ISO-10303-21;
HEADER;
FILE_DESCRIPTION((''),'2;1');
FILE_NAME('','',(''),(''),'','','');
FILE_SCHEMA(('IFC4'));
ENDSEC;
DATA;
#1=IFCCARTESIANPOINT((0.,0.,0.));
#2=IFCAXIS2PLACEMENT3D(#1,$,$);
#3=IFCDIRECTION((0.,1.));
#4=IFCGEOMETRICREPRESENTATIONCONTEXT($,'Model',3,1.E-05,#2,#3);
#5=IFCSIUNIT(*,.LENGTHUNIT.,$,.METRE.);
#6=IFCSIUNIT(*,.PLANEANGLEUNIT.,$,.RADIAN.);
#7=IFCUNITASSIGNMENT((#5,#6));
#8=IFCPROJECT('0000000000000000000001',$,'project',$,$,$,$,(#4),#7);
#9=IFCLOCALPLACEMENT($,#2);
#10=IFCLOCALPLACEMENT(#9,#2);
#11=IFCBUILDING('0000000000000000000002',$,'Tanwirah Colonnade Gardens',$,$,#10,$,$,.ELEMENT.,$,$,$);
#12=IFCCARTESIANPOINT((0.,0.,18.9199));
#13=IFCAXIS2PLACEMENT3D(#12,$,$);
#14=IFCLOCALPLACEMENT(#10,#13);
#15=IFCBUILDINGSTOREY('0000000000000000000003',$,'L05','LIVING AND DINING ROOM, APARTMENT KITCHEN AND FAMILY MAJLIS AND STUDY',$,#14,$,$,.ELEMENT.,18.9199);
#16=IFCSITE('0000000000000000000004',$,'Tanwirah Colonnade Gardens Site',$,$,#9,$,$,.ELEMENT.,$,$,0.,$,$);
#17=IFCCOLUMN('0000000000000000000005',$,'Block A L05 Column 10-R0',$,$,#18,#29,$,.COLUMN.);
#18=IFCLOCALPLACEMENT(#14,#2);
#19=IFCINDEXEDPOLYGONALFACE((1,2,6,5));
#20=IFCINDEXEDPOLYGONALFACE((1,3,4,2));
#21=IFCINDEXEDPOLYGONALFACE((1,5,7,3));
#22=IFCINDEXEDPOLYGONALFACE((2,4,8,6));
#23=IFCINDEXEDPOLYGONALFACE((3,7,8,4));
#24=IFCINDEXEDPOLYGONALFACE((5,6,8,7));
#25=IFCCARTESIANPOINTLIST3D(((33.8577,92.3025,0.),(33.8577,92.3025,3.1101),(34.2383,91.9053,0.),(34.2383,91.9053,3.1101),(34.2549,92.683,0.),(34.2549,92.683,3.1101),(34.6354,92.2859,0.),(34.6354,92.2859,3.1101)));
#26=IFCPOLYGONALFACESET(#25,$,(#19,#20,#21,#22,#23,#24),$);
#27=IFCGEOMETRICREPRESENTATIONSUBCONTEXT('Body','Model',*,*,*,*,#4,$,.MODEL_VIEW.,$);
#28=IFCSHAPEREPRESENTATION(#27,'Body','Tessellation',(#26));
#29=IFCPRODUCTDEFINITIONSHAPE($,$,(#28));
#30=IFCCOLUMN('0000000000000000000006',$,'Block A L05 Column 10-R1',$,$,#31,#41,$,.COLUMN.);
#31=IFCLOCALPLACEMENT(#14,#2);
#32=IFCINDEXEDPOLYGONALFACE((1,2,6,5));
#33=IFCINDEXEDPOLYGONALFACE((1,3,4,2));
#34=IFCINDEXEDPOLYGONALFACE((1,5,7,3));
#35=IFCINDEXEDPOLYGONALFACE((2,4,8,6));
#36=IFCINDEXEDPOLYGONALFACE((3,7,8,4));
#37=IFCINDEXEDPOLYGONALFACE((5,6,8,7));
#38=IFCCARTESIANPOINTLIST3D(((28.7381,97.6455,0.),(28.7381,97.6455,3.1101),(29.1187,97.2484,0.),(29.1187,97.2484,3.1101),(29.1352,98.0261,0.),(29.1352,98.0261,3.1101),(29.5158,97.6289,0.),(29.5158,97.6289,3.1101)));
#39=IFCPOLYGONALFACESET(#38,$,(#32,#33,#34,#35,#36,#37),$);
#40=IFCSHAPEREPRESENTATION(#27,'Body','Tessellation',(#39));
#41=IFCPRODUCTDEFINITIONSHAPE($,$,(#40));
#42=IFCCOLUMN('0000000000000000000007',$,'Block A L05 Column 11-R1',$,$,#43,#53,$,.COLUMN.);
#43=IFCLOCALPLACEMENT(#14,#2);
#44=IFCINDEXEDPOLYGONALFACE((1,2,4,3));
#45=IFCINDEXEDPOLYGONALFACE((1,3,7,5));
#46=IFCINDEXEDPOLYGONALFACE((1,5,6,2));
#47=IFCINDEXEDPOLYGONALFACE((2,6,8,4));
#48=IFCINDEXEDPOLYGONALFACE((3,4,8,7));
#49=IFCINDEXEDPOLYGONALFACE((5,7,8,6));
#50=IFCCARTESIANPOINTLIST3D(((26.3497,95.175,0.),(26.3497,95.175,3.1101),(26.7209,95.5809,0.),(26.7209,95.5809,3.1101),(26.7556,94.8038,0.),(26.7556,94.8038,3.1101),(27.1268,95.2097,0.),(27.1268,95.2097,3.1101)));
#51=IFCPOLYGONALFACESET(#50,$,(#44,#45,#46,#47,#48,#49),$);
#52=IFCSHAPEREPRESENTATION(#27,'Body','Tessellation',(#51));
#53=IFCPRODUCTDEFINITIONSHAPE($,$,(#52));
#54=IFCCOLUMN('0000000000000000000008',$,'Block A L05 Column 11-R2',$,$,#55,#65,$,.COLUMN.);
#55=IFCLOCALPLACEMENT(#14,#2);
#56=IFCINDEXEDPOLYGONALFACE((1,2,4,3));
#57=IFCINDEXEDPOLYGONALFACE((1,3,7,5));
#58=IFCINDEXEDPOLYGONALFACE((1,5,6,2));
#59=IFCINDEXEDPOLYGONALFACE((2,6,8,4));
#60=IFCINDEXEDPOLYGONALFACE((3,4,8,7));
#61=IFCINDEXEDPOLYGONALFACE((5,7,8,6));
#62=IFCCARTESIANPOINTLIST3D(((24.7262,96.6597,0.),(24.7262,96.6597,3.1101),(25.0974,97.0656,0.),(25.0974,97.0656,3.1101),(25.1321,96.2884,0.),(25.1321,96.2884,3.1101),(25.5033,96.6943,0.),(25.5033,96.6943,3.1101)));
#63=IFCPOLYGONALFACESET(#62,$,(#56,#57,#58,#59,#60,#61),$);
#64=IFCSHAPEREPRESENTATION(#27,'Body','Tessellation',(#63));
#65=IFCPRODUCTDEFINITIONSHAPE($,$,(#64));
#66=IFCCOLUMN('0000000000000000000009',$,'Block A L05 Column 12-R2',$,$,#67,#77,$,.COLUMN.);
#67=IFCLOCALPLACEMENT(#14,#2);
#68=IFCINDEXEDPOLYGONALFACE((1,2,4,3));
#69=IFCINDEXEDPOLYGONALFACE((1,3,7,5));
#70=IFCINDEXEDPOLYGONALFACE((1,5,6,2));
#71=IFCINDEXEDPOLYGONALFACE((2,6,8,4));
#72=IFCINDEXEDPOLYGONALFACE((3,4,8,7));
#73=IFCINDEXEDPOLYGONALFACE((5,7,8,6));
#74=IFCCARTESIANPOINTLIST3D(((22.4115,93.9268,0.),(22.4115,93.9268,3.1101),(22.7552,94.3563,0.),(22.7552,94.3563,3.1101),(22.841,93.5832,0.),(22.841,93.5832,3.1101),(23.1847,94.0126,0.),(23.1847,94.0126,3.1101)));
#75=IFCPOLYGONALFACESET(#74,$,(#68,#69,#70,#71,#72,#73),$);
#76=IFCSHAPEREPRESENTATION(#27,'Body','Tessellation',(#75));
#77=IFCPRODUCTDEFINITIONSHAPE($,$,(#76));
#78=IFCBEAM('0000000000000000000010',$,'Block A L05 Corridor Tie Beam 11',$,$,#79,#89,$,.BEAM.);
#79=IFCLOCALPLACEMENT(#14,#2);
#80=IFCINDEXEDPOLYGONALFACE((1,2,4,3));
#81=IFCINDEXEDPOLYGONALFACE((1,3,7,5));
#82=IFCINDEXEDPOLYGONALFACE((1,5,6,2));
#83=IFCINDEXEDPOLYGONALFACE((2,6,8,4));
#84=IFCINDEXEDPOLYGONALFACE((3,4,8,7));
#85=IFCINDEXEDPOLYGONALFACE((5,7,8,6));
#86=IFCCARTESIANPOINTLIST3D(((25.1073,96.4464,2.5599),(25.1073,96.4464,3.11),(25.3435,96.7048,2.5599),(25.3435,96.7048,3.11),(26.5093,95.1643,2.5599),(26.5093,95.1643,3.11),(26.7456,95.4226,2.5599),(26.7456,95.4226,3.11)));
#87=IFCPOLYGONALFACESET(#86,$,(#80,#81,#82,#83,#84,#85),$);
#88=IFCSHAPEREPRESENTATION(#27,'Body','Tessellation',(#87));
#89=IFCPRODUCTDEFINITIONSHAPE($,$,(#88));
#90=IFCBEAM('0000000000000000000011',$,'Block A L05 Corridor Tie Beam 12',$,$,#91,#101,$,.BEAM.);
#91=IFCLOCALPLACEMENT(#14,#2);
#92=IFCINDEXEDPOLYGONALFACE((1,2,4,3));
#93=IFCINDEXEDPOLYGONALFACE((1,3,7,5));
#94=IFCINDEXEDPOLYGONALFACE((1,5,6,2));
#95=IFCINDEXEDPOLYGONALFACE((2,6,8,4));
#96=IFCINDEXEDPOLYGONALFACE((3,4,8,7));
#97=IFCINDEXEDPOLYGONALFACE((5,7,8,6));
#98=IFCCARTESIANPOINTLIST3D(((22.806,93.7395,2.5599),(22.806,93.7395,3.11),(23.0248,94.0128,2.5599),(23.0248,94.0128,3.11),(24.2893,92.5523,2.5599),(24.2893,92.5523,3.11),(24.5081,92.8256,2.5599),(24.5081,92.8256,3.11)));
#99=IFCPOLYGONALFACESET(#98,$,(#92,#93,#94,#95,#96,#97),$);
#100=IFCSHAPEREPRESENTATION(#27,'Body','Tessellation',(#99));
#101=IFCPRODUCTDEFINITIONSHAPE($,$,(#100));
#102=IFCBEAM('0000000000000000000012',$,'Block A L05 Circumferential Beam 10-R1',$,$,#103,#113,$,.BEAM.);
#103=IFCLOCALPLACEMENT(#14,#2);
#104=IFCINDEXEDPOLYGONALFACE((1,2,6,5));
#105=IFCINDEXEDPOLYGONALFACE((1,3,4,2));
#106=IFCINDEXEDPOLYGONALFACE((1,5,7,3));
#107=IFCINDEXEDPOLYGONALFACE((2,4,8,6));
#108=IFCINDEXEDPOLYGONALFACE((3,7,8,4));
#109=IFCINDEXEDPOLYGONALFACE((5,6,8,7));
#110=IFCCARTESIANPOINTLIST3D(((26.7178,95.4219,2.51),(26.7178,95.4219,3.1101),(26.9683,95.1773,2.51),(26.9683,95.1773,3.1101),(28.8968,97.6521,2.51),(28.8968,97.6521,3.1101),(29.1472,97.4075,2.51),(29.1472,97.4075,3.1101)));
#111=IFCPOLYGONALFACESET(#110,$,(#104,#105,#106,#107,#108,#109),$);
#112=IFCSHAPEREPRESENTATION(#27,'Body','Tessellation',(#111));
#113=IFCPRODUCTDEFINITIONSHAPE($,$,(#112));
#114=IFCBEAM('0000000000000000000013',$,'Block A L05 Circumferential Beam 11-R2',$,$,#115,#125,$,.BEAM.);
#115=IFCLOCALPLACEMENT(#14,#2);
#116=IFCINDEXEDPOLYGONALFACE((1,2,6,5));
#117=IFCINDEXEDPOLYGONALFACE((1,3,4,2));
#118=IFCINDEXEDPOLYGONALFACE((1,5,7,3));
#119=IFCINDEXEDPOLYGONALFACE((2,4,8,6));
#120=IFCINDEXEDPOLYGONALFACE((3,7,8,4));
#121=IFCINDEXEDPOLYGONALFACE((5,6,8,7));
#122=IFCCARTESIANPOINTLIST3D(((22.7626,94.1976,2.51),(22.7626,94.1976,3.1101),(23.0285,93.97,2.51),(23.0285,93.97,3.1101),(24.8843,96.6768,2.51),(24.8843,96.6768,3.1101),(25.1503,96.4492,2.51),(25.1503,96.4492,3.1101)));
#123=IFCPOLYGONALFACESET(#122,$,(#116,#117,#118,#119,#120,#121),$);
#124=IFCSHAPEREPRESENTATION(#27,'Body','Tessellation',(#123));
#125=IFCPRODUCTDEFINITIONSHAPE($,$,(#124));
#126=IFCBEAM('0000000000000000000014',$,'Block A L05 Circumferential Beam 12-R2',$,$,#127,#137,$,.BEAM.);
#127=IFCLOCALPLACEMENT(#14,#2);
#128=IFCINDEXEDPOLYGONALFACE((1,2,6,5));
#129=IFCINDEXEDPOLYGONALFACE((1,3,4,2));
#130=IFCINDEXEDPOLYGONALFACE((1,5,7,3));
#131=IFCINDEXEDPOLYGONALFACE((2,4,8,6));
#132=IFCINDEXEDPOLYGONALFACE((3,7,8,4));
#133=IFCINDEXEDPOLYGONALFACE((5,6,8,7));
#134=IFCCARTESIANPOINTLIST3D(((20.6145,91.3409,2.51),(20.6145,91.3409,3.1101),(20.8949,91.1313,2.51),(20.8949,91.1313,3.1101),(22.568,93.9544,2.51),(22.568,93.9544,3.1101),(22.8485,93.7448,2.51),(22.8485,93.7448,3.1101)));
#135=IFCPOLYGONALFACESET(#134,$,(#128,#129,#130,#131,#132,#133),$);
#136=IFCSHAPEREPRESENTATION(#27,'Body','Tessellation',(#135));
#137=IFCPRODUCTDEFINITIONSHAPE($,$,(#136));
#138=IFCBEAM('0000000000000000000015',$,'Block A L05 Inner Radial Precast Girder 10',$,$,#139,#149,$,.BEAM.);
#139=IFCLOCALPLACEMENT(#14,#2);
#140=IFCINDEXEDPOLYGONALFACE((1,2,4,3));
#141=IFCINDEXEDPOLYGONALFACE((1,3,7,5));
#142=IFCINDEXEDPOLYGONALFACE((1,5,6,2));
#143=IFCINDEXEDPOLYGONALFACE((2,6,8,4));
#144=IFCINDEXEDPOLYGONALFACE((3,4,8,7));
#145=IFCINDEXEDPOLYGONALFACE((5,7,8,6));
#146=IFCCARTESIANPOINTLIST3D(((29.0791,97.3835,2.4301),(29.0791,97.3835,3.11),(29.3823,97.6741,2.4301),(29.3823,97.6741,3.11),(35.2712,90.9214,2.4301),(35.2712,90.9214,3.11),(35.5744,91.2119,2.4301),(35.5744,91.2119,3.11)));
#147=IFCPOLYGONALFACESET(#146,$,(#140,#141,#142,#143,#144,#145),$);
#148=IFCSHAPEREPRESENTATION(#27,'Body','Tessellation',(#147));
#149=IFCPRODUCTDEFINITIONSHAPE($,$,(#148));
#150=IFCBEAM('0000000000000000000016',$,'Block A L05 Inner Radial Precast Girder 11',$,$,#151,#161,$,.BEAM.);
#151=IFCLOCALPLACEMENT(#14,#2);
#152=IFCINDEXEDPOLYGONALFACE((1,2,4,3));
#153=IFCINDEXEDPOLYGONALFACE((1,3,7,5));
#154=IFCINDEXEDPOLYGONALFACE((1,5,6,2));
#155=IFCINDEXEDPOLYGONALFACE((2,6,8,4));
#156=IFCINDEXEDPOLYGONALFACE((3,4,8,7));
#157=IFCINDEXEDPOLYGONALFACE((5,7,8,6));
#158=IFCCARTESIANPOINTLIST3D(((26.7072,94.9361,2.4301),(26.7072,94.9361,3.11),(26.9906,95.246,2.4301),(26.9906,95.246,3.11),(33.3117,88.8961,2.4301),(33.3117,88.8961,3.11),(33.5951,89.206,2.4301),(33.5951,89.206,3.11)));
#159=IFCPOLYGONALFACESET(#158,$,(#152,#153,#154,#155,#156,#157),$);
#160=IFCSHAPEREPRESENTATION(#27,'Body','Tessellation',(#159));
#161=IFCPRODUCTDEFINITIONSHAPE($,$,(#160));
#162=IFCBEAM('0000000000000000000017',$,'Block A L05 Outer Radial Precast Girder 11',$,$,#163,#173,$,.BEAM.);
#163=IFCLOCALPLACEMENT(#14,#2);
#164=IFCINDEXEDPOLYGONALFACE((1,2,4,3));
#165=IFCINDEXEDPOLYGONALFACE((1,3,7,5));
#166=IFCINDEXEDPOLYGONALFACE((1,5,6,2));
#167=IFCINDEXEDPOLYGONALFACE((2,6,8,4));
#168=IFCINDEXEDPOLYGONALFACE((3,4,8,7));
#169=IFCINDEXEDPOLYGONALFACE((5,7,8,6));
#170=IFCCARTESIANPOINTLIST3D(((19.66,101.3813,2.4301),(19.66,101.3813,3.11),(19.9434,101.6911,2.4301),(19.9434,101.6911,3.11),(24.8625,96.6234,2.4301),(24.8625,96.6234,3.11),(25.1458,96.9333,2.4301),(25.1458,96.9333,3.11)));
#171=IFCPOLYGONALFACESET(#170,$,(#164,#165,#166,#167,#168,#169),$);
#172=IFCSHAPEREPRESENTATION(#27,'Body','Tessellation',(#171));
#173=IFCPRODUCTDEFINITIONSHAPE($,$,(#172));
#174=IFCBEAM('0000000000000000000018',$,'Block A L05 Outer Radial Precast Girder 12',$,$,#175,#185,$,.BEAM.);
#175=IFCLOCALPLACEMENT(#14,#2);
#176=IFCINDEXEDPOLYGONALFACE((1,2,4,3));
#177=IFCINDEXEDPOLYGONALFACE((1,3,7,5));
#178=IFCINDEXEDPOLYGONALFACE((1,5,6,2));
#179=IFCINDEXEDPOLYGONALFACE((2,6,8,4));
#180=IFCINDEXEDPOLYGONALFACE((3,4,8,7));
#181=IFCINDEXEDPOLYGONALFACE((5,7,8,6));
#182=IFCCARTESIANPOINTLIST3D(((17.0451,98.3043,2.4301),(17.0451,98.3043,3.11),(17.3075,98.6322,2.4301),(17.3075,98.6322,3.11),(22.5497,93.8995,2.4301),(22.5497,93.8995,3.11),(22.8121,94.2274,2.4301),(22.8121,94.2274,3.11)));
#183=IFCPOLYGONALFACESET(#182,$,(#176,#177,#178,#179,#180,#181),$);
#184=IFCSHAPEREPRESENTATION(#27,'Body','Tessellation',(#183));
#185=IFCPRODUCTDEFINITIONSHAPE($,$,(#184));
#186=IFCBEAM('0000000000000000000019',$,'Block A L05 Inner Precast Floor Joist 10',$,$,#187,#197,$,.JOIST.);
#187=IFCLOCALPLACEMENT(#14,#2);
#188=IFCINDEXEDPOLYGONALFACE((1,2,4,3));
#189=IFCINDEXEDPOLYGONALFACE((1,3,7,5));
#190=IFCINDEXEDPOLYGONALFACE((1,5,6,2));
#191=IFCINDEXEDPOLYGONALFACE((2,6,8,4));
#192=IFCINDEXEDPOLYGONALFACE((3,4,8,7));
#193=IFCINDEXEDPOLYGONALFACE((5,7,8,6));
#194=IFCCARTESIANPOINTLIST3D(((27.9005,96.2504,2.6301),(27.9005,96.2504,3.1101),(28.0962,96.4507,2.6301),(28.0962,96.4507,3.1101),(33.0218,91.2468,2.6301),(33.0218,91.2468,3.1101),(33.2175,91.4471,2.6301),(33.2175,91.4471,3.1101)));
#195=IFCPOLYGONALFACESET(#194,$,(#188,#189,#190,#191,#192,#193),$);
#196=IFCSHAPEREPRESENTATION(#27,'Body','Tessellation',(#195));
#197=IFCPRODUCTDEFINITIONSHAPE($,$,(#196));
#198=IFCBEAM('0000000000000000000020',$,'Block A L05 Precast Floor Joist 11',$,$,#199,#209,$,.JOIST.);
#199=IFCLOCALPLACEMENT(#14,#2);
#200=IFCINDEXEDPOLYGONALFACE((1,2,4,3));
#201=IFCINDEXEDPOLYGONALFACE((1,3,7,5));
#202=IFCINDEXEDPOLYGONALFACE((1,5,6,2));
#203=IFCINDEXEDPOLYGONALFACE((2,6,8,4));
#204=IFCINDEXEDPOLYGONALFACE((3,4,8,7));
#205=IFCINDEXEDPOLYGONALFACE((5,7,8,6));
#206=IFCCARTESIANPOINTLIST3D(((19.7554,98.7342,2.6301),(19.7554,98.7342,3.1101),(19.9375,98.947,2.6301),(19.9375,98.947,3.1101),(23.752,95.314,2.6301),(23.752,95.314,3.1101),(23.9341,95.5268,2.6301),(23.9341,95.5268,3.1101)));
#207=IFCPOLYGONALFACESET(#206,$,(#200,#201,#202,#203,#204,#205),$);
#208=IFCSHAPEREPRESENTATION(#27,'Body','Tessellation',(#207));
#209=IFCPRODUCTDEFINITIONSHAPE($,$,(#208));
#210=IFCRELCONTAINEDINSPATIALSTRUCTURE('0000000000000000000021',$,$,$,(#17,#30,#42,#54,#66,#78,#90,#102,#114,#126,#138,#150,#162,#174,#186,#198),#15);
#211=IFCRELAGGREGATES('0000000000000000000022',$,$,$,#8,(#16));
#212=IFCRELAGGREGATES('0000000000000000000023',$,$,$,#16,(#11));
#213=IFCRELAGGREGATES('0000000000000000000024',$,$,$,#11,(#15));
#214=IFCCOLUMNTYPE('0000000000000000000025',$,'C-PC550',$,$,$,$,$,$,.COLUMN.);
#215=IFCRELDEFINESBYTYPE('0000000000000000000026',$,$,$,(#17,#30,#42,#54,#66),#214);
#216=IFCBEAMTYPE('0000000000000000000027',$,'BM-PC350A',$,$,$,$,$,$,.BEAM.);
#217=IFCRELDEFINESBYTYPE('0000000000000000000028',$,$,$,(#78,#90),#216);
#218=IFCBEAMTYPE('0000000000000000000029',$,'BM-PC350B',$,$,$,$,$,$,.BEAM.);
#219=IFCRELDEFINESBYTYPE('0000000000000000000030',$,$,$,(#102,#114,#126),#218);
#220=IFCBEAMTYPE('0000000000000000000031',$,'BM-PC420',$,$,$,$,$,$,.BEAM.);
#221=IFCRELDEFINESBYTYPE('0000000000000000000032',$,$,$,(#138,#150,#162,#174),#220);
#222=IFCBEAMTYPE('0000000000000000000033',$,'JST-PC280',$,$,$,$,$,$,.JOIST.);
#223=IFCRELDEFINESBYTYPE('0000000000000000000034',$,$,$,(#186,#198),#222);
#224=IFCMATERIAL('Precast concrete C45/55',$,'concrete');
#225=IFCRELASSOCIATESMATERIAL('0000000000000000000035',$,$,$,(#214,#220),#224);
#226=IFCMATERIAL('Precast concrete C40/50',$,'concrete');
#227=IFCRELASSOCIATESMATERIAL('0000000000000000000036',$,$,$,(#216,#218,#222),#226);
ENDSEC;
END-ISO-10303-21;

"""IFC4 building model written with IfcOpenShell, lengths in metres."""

from ifc_helpers import new_model, si_unit, direction, frame, origin, origin_2d, place, context, subcontext, project, spatial, rectangle, extrude, material, material_profile, profile_set, type_object, element, save


model = new_model("IFC4")

# Units and contexts
model_context = context("Model", 3, precision=1e-05, world=origin(), true_north=direction((0.0, 1.0)))
body_context = subcontext(model_context, "Body", "Model", "MODEL_VIEW")
ifc_project = project(units=[si_unit("LENGTHUNIT", "METRE"), si_unit("PLANEANGLEUNIT", "RADIAN")], contexts=[model_context])

# Site, building, storey
site_placement = place(None, origin())
site = spatial("IfcSite", under=ifc_project, at=site_placement, Name="Tanwirah Colonnade Gardens Site", CompositionType="ELEMENT", RefElevation=0.0)
building_placement = place(site_placement, origin())
building = spatial("IfcBuilding", under=site, at=building_placement, Name="Tanwirah Colonnade Gardens", CompositionType="ELEMENT")
storey_placement = place(building_placement, frame((0.0, 0.0, 18.9199)))
storey = spatial("IfcBuildingStorey", under=building, at=storey_placement, Name="L05", Description="LIVING AND DINING ROOM, APARTMENT KITCHEN AND FAMILY MAJLIS AND STUDY", CompositionType="ELEMENT", Elevation=18.9199)

# Columns
ifc_material_1 = material(Name="Precast concrete C45/55", Category="concrete")
ifc_material_profile_1 = material_profile(ifc_material_1, rectangle(XDim=0.55, YDim=0.55, at=origin_2d()), Name="PC-COL 550x550")
ifc_profile_set_1 = profile_set([ifc_material_profile_1], Name="Precast concrete C45/55")
column_type = type_object("IfcColumnType", Name="C-PC550", PredefinedType="COLUMN", material=ifc_profile_set_1)
for number, where, z_axis, x_axis, name in (
    (1, (34.2466, 92.2942, 0.0), (0.0, 0.0, 1.0), (-0.691863, 0.722029, 0.0), "Block A L05 Column 10-R0"),
    (2, (29.127, 97.6372, 0.0), (0.0, 0.0, 1.0), (-0.691863, 0.722029, 0.0), "Block A L05 Column 10-R1"),
    (3, (26.7383, 95.1924, 0.0), (0.0, 0.0, 1.0), (-0.737932, 0.674875, 0.0), "Block A L05 Column 11-R1"),
    (4, (25.1147, 96.677, 0.0), (0.0, 0.0, 1.0), (-0.737932, 0.674875, 0.0), "Block A L05 Column 11-R2"),
    (5, (22.7981, 93.9697, 0.0), (0.0, 0.0, 1.0), (-0.780794, 0.624788, 0.0), "Block A L05 Column 12-R2"),
):
    element("IfcColumn", number, at=place(storey_placement, frame(where, z_axis=z_axis, x_axis=x_axis)), inside=storey, type_object=column_type, Name=name, PredefinedType="COLUMN", context=body_context, shape_type="SweptSolid", body=[
        extrude(rectangle(XDim=0.55, YDim=0.55, at=origin_2d()), origin(), (0.0, 0.0, 1.0), 3.1101),
    ])

# Beams
ifc_material_2 = material(Name="Precast concrete C40/50", Category="concrete")
ifc_material_profile_2 = material_profile(ifc_material_2, rectangle(XDim=0.3501, YDim=0.55, at=origin_2d()), Name="PC-BM 350x550")
ifc_profile_set_2 = profile_set([ifc_material_profile_2], Name="Precast concrete C40/50")
beam_type_1 = type_object("IfcBeamType", Name="BM-PC350A", PredefinedType="BEAM", material=ifc_profile_set_2)
for number, where, z_axis, x_axis, name in (
    (6, (26.6274, 95.2935, 2.835), (-0.737948, 0.674857, 0.0), (-0.674857, -0.737948, 0.0), "Block A L05 Corridor Tie Beam 11"),
    (7, (24.3987, 92.689, 2.835), (-0.780731, 0.624867, 0.0), (-0.624867, -0.780731, 0.0), "Block A L05 Corridor Tie Beam 12"),
):
    element("IfcBeam", number, at=place(storey_placement, frame(where, z_axis=z_axis, x_axis=x_axis)), inside=storey, type_object=beam_type_1, Name=name, PredefinedType="BEAM", context=body_context, shape_type="SweptSolid", body=[
        extrude(rectangle(XDim=0.3501, YDim=0.55, at=origin_2d()), origin(), (0.0, 0.0, 1.0), 1.8999),
    ])
ifc_material_profile_3 = material_profile(ifc_material_2, rectangle(XDim=0.3501, YDim=0.6001, at=origin_2d()), Name="PC-BM 350x600")
ifc_profile_set_3 = profile_set([ifc_material_profile_3], Name="Precast concrete C40/50")
beam_type_2 = type_object("IfcBeamType", Name="BM-PC350B", PredefinedType="BEAM", material=ifc_profile_set_3)
beam_1_placement = place(storey_placement, frame((29.022, 97.5298, 2.8101), z_axis=(-0.698837, -0.715281, 0.0), x_axis=(0.715281, -0.698837, 0.0)))
element("IfcBeam", 8, at=beam_1_placement, inside=storey, type_object=beam_type_2, Name="Block A L05 Circumferential Beam 10-R1", PredefinedType="BEAM", context=body_context, shape_type="SweptSolid", body=[
    extrude(rectangle(XDim=0.3501, YDim=0.6001, at=origin_2d()), origin(), (0.0, 0.0, 1.0), 3.1179),
])
beam_2_placement = place(storey_placement, frame((25.0173, 96.563, 2.8101), z_axis=(-0.650218, -0.759748, 0.0), x_axis=(0.759748, -0.650218, 0.0)))
element("IfcBeam", 9, at=beam_2_placement, inside=storey, type_object=beam_type_2, Name="Block A L05 Circumferential Beam 11-R2", PredefinedType="BEAM", context=body_context, shape_type="SweptSolid", body=[
    extrude(rectangle(XDim=0.3501, YDim=0.6001, at=origin_2d()), origin(), (0.0, 0.0, 1.0), 3.2632),
])
beam_3_placement = place(storey_placement, frame((22.7083, 93.8496, 2.8101), z_axis=(-0.598718, -0.80096, 0.0), x_axis=(0.80096, -0.598718, 0.0)))
element("IfcBeam", 10, at=beam_3_placement, inside=storey, type_object=beam_type_2, Name="Block A L05 Circumferential Beam 12-R2", PredefinedType="BEAM", context=body_context, shape_type="SweptSolid", body=[
    extrude(rectangle(XDim=0.3501, YDim=0.6001, at=origin_2d()), origin(), (0.0, 0.0, 1.0), 3.2629),
])
ifc_material_profile_4 = material_profile(ifc_material_1, rectangle(XDim=0.4199, YDim=0.6799, at=origin_2d()), Name="PC-BM 420x680")
ifc_profile_set_4 = profile_set([ifc_material_profile_4], Name="Precast concrete C45/55")
beam_type_3 = type_object("IfcBeamType", Name="BM-PC420", PredefinedType="BEAM", material=ifc_profile_set_4)
for number, where, z_axis, x_axis, name in (
    (11, (29.2307, 97.5288, 2.77), (0.691861, -0.722031, 0.0), (0.722031, 0.691861, 0.0), "Block A L05 Inner Radial Precast Girder 10"),
    (12, (26.8489, 95.0911, 2.77), (0.737937, -0.674869, 0.0), (0.674869, 0.737937, 0.0), "Block A L05 Inner Radial Precast Girder 11"),
):
    element("IfcBeam", number, at=place(storey_placement, frame(where, z_axis=z_axis, x_axis=x_axis)), inside=storey, type_object=beam_type_3, Name=name, PredefinedType="BEAM", context=body_context, shape_type="SweptSolid", body=[
        extrude(rectangle(XDim=0.4199, YDim=0.6799, at=origin_2d()), origin(), (0.0, 0.0, 1.0), 8.95),
    ])
for number, where, z_axis, x_axis, name in (
    (13, (25.0042, 96.7783, 2.77), (-0.737934, 0.674873, 0.0), (-0.674873, -0.737934, 0.0), "Block A L05 Outer Radial Precast Girder 11"),
    (14, (22.6809, 94.0635, 2.77), (-0.780794, 0.624788, 0.0), (-0.624788, -0.780794, 0.0), "Block A L05 Outer Radial Precast Girder 12"),
):
    element("IfcBeam", number, at=place(storey_placement, frame(where, z_axis=z_axis, x_axis=x_axis)), inside=storey, type_object=beam_type_3, Name=name, PredefinedType="BEAM", context=body_context, shape_type="SweptSolid", body=[
        extrude(rectangle(XDim=0.4199, YDim=0.6799, at=origin_2d()), origin(), (0.0, 0.0, 1.0), 7.05),
    ])
ifc_material_profile_5 = material_profile(ifc_material_2, rectangle(XDim=0.28, YDim=0.48, at=origin_2d()), Name="PC-JST 280x480")
ifc_profile_set_5 = profile_set([ifc_material_profile_5], Name="Precast concrete C40/50")
beam_type_4 = type_object("IfcBeamType", Name="JST-PC280", PredefinedType="JOIST", material=ifc_profile_set_5)
beam_4_placement = place(storey_placement, frame((33.1196, 91.3469, 2.8701), z_axis=(-0.715277, 0.698841, 0.0), x_axis=(-0.698841, -0.715277, 0.0)))
element("IfcBeam", 15, at=beam_4_placement, inside=storey, type_object=beam_type_4, Name="Block A L05 Inner Precast Floor Joist 10", PredefinedType="JOIST", context=body_context, shape_type="SweptSolid", body=[
    extrude(rectangle(XDim=0.28, YDim=0.48, at=origin_2d()), origin(), (0.0, 0.0, 1.0), 7.1599),
])
beam_5_placement = place(storey_placement, frame((23.843, 95.4204, 2.8701), z_axis=(-0.759771, 0.650191, 0.0), x_axis=(-0.650191, -0.759771, 0.0)))
element("IfcBeam", 16, at=beam_5_placement, inside=storey, type_object=beam_type_4, Name="Block A L05 Precast Floor Joist 11", PredefinedType="JOIST", context=body_context, shape_type="SweptSolid", body=[
    extrude(rectangle(XDim=0.28, YDim=0.48, at=origin_2d()), origin(), (0.0, 0.0, 1.0), 5.2603),
])

save(model, "model.ifc")
